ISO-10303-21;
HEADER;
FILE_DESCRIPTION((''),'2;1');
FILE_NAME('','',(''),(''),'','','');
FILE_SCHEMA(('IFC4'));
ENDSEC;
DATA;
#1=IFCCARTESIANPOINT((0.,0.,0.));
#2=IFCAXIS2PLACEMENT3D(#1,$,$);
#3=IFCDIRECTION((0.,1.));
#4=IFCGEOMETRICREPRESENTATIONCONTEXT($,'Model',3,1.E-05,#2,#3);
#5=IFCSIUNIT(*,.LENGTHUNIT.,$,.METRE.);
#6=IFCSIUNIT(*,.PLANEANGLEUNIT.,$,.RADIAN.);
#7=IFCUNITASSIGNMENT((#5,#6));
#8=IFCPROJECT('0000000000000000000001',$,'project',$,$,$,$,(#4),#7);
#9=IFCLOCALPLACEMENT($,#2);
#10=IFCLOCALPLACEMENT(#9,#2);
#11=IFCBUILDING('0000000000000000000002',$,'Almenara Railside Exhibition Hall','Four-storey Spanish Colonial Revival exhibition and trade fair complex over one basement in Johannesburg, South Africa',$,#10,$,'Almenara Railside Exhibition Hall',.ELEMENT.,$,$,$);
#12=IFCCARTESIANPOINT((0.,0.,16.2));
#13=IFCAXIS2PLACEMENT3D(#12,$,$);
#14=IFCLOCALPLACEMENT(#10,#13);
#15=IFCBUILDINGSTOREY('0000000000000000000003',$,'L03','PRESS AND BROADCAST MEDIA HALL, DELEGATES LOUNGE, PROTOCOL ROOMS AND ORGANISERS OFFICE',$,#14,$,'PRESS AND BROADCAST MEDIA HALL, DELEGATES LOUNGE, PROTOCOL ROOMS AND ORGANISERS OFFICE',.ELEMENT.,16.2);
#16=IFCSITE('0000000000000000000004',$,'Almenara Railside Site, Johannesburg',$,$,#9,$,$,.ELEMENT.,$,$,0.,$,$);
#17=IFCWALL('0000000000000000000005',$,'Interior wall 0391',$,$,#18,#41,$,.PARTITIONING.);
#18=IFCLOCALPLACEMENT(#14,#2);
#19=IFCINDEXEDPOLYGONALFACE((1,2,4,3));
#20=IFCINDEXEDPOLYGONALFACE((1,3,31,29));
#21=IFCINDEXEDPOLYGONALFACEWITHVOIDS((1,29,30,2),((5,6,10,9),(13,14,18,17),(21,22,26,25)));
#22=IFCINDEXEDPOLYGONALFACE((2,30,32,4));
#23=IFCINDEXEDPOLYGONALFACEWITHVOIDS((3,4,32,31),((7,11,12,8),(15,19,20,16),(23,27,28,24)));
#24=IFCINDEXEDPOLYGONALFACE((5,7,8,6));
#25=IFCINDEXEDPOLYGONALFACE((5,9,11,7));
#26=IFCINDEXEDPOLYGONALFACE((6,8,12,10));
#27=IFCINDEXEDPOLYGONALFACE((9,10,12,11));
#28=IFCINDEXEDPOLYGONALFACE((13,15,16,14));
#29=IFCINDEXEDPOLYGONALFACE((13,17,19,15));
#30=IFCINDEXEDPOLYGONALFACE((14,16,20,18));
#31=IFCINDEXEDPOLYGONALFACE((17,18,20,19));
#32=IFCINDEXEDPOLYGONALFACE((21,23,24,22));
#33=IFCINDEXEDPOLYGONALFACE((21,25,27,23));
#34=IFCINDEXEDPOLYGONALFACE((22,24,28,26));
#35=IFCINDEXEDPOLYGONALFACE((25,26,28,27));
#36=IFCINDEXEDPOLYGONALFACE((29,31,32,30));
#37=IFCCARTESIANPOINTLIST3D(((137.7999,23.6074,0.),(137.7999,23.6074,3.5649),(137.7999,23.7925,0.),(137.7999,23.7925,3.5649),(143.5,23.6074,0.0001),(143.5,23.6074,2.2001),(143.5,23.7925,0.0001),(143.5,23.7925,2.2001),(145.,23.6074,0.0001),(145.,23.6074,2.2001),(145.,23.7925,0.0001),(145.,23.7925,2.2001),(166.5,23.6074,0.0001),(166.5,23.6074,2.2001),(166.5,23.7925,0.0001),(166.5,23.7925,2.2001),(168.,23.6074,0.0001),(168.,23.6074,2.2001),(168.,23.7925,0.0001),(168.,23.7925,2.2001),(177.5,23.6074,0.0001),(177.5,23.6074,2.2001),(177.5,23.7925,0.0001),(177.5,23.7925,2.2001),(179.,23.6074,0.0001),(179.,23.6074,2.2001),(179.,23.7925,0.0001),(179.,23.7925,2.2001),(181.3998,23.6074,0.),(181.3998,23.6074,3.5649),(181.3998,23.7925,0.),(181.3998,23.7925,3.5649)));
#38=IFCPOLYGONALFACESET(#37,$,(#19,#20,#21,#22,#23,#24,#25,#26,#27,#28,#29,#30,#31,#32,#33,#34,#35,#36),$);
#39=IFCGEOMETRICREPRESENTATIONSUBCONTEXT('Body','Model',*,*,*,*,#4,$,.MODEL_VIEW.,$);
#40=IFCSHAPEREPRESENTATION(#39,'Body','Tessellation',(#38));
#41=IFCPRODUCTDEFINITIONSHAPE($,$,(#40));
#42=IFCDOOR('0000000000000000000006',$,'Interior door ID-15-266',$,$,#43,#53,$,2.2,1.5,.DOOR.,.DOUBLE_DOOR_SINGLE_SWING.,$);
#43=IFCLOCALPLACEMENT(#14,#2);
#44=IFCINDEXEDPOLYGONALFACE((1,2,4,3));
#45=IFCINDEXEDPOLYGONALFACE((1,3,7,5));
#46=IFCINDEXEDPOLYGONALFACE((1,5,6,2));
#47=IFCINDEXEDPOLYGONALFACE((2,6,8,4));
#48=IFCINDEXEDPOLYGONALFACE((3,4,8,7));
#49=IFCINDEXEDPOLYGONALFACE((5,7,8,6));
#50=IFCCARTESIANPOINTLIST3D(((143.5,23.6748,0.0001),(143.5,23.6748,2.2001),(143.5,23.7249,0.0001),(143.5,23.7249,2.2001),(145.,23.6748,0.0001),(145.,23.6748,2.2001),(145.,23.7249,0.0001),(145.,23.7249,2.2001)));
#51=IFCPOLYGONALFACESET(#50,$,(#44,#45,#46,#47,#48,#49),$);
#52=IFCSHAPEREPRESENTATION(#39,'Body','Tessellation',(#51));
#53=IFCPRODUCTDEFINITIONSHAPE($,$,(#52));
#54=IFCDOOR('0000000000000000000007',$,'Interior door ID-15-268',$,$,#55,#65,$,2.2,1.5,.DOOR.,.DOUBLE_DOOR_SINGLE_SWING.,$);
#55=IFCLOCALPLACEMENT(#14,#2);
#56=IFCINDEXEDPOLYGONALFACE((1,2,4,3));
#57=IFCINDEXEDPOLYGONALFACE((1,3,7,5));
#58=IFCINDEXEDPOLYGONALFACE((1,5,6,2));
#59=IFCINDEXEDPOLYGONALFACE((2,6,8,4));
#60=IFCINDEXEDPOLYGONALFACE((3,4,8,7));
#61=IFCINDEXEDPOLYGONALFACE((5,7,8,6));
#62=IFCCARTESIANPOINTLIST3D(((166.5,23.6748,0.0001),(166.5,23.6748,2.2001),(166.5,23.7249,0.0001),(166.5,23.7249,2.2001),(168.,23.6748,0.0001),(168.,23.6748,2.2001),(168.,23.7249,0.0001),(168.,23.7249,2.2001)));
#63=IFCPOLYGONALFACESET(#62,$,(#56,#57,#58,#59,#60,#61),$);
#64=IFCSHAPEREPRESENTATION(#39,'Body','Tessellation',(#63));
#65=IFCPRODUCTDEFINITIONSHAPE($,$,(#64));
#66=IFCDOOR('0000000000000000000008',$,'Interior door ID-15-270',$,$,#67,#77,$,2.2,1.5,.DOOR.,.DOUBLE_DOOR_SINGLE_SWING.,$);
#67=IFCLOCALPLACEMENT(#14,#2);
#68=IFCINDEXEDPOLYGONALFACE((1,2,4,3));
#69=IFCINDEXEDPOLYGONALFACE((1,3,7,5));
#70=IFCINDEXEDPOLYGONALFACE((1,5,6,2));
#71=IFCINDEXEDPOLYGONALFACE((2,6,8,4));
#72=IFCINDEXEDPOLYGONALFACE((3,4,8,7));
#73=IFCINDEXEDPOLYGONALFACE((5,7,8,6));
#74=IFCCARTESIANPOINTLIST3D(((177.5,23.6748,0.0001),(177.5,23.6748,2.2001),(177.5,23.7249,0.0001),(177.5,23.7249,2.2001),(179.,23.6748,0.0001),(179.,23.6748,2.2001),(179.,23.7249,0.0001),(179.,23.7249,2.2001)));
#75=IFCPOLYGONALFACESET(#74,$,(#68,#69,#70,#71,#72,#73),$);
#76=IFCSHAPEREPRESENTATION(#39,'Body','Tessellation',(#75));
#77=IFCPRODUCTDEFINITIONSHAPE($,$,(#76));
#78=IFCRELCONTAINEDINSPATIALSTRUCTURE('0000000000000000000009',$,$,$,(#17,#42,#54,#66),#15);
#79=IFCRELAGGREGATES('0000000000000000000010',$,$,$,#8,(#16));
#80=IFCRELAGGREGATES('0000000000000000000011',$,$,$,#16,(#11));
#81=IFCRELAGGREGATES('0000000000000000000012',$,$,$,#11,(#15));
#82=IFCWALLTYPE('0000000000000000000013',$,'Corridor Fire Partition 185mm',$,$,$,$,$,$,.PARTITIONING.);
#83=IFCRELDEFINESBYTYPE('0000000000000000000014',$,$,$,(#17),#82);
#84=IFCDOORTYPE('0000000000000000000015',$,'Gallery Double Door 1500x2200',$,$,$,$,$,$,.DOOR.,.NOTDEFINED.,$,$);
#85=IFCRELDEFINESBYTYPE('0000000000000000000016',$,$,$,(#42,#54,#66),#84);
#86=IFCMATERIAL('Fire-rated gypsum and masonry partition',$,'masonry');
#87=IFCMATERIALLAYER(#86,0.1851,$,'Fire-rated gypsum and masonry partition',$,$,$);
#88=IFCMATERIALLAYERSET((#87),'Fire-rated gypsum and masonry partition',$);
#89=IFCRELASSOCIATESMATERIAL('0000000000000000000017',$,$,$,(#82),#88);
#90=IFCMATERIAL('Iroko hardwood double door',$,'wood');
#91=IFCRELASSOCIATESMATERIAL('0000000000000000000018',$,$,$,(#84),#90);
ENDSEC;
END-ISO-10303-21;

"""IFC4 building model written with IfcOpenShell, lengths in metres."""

from ifc_helpers import new_model, si_unit, direction, frame, frame_2d, origin, place, context, subcontext, project, spatial, rectangle, extrude, material, layer, layer_set, type_object, element, fill, save


model = new_model("IFC4")

# Units and contexts
model_context = context("Model", 3, precision=1e-05, world=origin(), true_north=direction((0.0, 1.0)))
body_context = subcontext(model_context, "Body", "Model", "MODEL_VIEW")
ifc_project = project(units=[si_unit("LENGTHUNIT", "METRE"), si_unit("PLANEANGLEUNIT", "RADIAN")], contexts=[model_context])

# Site, building, storey
site_placement = place(None, origin())
site = spatial("IfcSite", under=ifc_project, at=site_placement, Name="Almenara Railside Site, Johannesburg", CompositionType="ELEMENT", RefElevation=0.0)
building_placement = place(site_placement, origin())
building = spatial("IfcBuilding", under=site, at=building_placement, Name="Almenara Railside Exhibition Hall", Description="Four-storey Spanish Colonial Revival exhibition and trade fair complex over one basement in Johannesburg, South Africa", LongName="Almenara Railside Exhibition Hall", CompositionType="ELEMENT")
storey_placement = place(building_placement, frame((0.0, 0.0, 16.2)))
storey = spatial("IfcBuildingStorey", under=building, at=storey_placement, Name="L03", Description="PRESS AND BROADCAST MEDIA HALL, DELEGATES LOUNGE, PROTOCOL ROOMS AND ORGANISERS OFFICE", LongName="PRESS AND BROADCAST MEDIA HALL, DELEGATES LOUNGE, PROTOCOL ROOMS AND ORGANISERS OFFICE", CompositionType="ELEMENT", Elevation=16.2)

# Wall, openings, doors
ifc_material_1 = material(Name="Fire-rated gypsum and masonry partition", Category="masonry")
ifc_layer_1 = layer(ifc_material_1, 0.1851, Name="Fire-rated gypsum and masonry partition")
ifc_layer_set_1 = layer_set([ifc_layer_1], Name="Fire-rated gypsum and masonry partition")
wall_type = type_object("IfcWallType", Name="Corridor Fire Partition 185mm", PredefinedType="PARTITIONING", material=ifc_layer_set_1)
ifc_material_2 = material(Name="Iroko hardwood double door", Category="wood")
wall_1_placement = place(storey_placement, frame((137.8, 23.7, 0.0), z_axis=(0.0, 0.0, 1.0), x_axis=(1.0, 0.0, 0.0)))
wall_1 = element("IfcWall", 1, at=wall_1_placement, inside=storey, type_object=wall_type, Name="Interior wall 0391", PredefinedType="PARTITIONING", context=body_context, shape_type="SweptSolid", body=[
    extrude(rectangle(XDim=43.5999, YDim=0.1851, at=frame_2d((21.7998, 0.0))), origin(), (0.0, 0.0, 1.0), 3.5649),
])
opening_1_placement = place(wall_1_placement, frame((5.7, 0.0, 0.0)))
opening_1 = element("IfcOpeningElement", 2, at=opening_1_placement, cuts=wall_1, PredefinedType="OPENING", context=body_context, shape_type="SweptSolid", body=[
    extrude(rectangle(XDim=1.5, YDim=2.2, at=frame_2d((0.75, 1.1001))), frame((0.0, 0.1025, 0.0), z_axis=(0.0, -1.0, 0.0), x_axis=(1.0, 0.0, 0.0)), (0.0, 0.0, 1.0), 0.2051),
])
opening_2_placement = place(wall_1_placement, frame((28.7, 0.0, 0.0)))
opening_2 = element("IfcOpeningElement", 3, at=opening_2_placement, cuts=wall_1, PredefinedType="OPENING", context=body_context, shape_type="SweptSolid", body=[
    extrude(rectangle(XDim=1.5, YDim=2.2, at=frame_2d((0.75, 1.1001))), frame((0.0, 0.1025, 0.0), z_axis=(0.0, -1.0, 0.0), x_axis=(1.0, 0.0, 0.0)), (0.0, 0.0, 1.0), 0.2051),
])
opening_3_placement = place(wall_1_placement, frame((39.7, 0.0, 0.0)))
opening_3 = element("IfcOpeningElement", 4, at=opening_3_placement, cuts=wall_1, PredefinedType="OPENING", context=body_context, shape_type="SweptSolid", body=[
    extrude(rectangle(XDim=1.5, YDim=2.2, at=frame_2d((0.75, 1.1001))), frame((0.0, 0.1025, 0.0), z_axis=(0.0, -1.0, 0.0), x_axis=(1.0, 0.0, 0.0)), (0.0, 0.0, 1.0), 0.2051),
])
door_type_1 = type_object("IfcDoorType", Name="Gallery Double Door 1500x2200", OperationType="NOTDEFINED", PredefinedType="DOOR", material=ifc_material_2)
door_1_placement = place(opening_1_placement, origin())
door_1 = element("IfcDoor", 5, at=door_1_placement, inside=storey, type_object=door_type_1, Name="Interior door ID-15-266", OperationType="DOUBLE_DOOR_SINGLE_SWING", OverallHeight=2.2, OverallWidth=1.5, PredefinedType="DOOR", context=body_context, shape_type="SweptSolid", body=[
    extrude(rectangle(XDim=1.5, YDim=2.2, at=frame_2d((0.75, 1.1001))), frame((0.0, 0.0249, 0.0), z_axis=(0.0, -1.0, 0.0), x_axis=(1.0, 0.0, 0.0)), (0.0, 0.0, 1.0), 0.05),
])
fill(opening_1, door_1)
door_2_placement = place(opening_2_placement, origin())
door_2 = element("IfcDoor", 6, at=door_2_placement, inside=storey, type_object=door_type_1, Name="Interior door ID-15-268", OperationType="DOUBLE_DOOR_SINGLE_SWING", OverallHeight=2.2, OverallWidth=1.5, PredefinedType="DOOR", context=body_context, shape_type="SweptSolid", body=[
    extrude(rectangle(XDim=1.5, YDim=2.2, at=frame_2d((0.75, 1.1001))), frame((0.0, 0.0249, 0.0), z_axis=(0.0, -1.0, 0.0), x_axis=(1.0, 0.0, 0.0)), (0.0, 0.0, 1.0), 0.05),
])
fill(opening_2, door_2)
door_3_placement = place(opening_3_placement, origin())
door_3 = element("IfcDoor", 7, at=door_3_placement, inside=storey, type_object=door_type_1, Name="Interior door ID-15-270", OperationType="DOUBLE_DOOR_SINGLE_SWING", OverallHeight=2.2, OverallWidth=1.5, PredefinedType="DOOR", context=body_context, shape_type="SweptSolid", body=[
    extrude(rectangle(XDim=1.5, YDim=2.2, at=frame_2d((0.75, 1.1001))), frame((0.0, 0.0249, 0.0), z_axis=(0.0, -1.0, 0.0), x_axis=(1.0, 0.0, 0.0)), (0.0, 0.0, 1.0), 0.05),
])
fill(opening_3, door_3)

save(model, "model.ifc")
